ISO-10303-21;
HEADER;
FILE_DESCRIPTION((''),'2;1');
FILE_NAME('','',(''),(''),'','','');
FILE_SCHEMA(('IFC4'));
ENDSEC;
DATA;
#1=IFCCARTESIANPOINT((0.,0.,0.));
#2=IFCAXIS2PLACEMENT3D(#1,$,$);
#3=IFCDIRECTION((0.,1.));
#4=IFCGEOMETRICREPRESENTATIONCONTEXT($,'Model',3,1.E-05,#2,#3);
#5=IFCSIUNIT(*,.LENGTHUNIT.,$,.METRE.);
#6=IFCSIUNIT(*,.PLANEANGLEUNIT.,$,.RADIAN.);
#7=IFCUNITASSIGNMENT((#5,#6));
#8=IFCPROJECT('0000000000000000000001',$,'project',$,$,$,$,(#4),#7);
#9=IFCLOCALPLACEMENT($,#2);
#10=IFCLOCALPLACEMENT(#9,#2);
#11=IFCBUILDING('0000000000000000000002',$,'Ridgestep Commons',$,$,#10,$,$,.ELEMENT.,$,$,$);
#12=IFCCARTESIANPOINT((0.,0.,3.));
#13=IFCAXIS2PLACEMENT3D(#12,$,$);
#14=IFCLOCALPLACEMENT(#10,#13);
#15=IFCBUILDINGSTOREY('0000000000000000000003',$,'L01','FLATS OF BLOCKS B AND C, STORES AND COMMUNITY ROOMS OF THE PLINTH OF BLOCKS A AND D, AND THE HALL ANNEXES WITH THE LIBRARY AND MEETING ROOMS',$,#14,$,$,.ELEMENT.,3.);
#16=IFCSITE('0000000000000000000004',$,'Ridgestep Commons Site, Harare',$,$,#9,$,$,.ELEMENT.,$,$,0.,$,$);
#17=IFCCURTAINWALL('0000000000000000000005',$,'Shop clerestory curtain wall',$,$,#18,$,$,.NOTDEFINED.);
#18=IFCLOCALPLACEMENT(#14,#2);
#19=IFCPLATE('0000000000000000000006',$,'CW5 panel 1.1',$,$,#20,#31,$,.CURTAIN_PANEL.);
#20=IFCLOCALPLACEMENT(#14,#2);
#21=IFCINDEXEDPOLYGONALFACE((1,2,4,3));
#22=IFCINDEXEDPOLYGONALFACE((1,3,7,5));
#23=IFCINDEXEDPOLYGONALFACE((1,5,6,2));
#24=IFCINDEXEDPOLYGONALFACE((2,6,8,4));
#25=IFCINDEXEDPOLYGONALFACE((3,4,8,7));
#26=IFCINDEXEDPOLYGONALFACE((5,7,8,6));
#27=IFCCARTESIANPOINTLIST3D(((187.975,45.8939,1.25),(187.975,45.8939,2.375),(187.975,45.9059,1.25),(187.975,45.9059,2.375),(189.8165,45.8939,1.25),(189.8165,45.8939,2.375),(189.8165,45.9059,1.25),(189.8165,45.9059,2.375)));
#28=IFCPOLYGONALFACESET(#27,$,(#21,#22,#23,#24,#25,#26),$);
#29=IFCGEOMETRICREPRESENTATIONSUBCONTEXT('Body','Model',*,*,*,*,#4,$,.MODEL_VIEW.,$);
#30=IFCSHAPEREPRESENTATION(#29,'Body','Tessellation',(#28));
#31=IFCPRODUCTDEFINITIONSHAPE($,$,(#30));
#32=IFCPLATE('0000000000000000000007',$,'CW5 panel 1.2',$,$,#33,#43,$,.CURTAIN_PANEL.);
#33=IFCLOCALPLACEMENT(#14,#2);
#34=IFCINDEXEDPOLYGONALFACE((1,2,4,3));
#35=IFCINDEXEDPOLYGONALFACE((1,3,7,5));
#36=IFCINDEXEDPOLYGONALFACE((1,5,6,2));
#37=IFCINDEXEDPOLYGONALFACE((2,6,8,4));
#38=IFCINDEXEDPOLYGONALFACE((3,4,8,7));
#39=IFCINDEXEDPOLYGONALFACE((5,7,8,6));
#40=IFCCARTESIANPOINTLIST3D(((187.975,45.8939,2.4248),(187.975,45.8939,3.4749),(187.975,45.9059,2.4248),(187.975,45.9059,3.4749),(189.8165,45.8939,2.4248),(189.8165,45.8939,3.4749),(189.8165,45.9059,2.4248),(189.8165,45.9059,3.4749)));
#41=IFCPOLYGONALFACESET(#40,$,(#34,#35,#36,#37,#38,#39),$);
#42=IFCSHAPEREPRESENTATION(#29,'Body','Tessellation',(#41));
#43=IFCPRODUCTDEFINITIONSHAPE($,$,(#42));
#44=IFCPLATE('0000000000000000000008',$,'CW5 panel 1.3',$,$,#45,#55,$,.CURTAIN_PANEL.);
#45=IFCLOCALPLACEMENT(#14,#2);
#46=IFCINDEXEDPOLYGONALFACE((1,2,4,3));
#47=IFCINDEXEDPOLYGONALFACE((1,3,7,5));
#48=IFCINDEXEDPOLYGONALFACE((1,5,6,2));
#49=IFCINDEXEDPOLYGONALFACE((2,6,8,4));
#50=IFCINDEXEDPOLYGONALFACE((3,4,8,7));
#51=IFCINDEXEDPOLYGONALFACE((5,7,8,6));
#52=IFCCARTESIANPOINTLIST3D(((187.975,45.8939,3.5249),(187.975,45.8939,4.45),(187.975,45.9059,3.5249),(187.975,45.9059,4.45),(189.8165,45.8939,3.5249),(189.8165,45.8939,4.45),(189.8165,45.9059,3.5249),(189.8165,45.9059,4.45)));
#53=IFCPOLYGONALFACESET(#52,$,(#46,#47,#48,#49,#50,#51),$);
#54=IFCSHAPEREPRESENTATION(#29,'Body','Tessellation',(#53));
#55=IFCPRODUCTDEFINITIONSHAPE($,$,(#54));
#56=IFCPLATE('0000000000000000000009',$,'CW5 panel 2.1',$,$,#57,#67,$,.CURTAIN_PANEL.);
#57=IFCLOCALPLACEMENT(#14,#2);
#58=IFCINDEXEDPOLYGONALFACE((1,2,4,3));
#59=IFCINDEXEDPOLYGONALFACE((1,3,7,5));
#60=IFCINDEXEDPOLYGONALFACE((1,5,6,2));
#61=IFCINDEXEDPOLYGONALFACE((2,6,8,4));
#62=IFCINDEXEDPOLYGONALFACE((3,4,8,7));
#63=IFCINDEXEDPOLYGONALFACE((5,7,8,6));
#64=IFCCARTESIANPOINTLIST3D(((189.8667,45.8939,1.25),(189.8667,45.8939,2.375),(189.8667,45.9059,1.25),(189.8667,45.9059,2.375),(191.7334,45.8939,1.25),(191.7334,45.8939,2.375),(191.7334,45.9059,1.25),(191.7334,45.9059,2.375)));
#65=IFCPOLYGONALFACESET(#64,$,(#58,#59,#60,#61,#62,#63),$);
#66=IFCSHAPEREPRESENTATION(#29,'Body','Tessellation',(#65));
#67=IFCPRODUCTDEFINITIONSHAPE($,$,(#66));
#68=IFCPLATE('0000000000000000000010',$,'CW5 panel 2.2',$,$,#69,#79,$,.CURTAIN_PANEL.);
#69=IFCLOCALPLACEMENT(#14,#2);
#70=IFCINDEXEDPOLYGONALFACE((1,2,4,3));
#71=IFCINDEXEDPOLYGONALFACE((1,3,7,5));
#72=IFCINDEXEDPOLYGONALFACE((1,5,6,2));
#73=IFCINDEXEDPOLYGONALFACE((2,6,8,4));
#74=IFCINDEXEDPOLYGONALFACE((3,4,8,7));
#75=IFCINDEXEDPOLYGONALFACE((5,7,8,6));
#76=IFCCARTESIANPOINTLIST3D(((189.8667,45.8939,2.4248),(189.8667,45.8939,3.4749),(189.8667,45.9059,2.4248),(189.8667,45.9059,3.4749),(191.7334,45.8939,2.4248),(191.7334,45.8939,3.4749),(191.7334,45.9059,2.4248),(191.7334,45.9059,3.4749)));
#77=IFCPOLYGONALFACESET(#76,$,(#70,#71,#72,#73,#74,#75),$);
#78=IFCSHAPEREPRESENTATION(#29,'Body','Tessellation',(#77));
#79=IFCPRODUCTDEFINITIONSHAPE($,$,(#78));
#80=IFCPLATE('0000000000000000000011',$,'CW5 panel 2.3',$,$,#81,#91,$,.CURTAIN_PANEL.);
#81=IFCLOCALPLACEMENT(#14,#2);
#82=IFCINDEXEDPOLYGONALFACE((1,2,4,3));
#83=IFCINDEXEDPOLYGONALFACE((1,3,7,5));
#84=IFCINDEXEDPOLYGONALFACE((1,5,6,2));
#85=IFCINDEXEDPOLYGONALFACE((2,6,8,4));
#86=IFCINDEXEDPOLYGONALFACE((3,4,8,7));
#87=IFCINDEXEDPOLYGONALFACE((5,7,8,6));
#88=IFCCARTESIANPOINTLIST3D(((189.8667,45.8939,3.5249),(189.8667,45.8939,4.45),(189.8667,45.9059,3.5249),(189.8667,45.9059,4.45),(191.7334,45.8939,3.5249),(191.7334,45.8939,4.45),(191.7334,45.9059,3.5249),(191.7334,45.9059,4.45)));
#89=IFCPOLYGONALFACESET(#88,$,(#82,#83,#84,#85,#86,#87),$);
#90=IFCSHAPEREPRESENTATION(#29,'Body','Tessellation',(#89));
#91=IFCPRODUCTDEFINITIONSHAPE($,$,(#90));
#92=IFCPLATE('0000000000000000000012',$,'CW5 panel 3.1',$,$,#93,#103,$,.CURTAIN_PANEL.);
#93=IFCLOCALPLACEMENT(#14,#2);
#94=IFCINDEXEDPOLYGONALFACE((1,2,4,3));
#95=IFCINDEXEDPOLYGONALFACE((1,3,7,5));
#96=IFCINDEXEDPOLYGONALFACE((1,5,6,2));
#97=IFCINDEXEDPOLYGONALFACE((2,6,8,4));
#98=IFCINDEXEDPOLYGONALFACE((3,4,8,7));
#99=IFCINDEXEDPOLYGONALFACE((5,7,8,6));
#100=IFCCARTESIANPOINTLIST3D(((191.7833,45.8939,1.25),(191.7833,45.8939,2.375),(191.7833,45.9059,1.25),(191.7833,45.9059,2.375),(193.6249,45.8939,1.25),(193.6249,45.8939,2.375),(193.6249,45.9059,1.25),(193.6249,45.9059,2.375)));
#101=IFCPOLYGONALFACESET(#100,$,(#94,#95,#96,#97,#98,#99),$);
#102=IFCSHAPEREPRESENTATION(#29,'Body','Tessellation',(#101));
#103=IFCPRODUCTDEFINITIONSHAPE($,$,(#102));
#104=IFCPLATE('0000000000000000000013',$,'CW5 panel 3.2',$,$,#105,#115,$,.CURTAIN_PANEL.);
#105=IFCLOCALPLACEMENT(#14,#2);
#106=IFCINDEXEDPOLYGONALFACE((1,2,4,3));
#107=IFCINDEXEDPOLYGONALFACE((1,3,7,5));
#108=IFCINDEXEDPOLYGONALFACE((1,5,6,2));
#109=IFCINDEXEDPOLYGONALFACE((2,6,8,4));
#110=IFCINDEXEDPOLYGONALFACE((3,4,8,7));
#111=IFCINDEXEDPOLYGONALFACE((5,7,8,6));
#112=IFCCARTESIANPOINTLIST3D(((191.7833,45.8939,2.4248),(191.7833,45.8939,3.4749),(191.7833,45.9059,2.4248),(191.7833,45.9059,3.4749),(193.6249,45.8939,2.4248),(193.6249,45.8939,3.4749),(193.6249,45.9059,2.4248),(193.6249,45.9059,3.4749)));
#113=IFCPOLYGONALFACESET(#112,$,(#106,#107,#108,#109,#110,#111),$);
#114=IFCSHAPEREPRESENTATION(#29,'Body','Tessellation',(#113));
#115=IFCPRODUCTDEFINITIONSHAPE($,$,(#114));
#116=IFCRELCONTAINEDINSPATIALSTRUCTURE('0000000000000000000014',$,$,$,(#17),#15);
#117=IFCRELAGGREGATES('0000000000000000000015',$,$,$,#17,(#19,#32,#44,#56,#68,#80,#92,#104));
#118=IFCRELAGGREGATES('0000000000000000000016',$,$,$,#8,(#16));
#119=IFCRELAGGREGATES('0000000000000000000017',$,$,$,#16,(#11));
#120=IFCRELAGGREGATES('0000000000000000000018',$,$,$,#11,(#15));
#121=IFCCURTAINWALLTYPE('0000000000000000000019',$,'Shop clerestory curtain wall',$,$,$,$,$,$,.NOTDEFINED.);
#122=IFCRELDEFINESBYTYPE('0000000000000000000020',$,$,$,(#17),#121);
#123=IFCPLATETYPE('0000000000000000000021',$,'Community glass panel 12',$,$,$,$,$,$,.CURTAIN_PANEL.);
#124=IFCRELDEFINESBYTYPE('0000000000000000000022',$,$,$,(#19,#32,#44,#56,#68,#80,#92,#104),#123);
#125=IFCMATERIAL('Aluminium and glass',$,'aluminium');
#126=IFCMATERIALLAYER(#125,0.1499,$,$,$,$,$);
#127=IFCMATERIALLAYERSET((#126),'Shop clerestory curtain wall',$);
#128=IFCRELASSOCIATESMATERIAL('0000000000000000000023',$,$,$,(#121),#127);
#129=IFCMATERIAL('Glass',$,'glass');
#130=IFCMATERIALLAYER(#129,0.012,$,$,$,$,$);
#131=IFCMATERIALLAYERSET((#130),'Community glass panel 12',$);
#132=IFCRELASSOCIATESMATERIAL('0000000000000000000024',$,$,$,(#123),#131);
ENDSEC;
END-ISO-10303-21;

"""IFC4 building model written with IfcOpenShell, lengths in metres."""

from ifc_helpers import new_model, si_unit, direction, frame, origin, origin_2d, place, context, subcontext, project, spatial, rectangle, extrude, material, layer, layer_set, type_object, element, aggregate, save


model = new_model("IFC4")

# Units and contexts
model_context = context("Model", 3, precision=1e-05, world=origin(), true_north=direction((0.0, 1.0)))
body_context = subcontext(model_context, "Body", "Model", "MODEL_VIEW")
ifc_project = project(units=[si_unit("LENGTHUNIT", "METRE"), si_unit("PLANEANGLEUNIT", "RADIAN")], contexts=[model_context])

# Site, building, storey
site_placement = place(None, origin())
site = spatial("IfcSite", under=ifc_project, at=site_placement, Name="Ridgestep Commons Site, Harare", CompositionType="ELEMENT", RefElevation=0.0)
building_placement = place(site_placement, origin())
building = spatial("IfcBuilding", under=site, at=building_placement, Name="Ridgestep Commons", CompositionType="ELEMENT")
storey_placement = place(building_placement, frame((0.0, 0.0, 3.0)))
storey = spatial("IfcBuildingStorey", under=building, at=storey_placement, Name="L01", Description="FLATS OF BLOCKS B AND C, STORES AND COMMUNITY ROOMS OF THE PLINTH OF BLOCKS A AND D, AND THE HALL ANNEXES WITH THE LIBRARY AND MEETING ROOMS", CompositionType="ELEMENT", Elevation=3.0)

# Curtain wall
ifc_material_1 = material(Name="Aluminium and glass", Category="aluminium")
ifc_layer_1 = layer(ifc_material_1, 0.1499)
ifc_layer_set_1 = layer_set([ifc_layer_1], Name="Shop clerestory curtain wall")
curtain_wall_type = type_object("IfcCurtainWallType", Name="Shop clerestory curtain wall", PredefinedType="NOTDEFINED", material=ifc_layer_set_1)
curtain_wall_1_placement = place(storey_placement, origin())
curtain_wall_1 = element("IfcCurtainWall", 1, at=curtain_wall_1_placement, inside=storey, type_object=curtain_wall_type, Name="Shop clerestory curtain wall", PredefinedType="NOTDEFINED")

# Plates
ifc_material_2 = material(Name="Glass", Category="glass")
ifc_layer_2 = layer(ifc_material_2, 0.012)
ifc_layer_set_2 = layer_set([ifc_layer_2], Name="Community glass panel 12")
plate_type = type_object("IfcPlateType", Name="Community glass panel 12", PredefinedType="CURTAIN_PANEL", material=ifc_layer_set_2)
plate_1_placement = place(storey_placement, frame((188.8958, 45.8999, 1.25), z_axis=(0.0, 0.0, 1.0), x_axis=(1.0, 0.0, 0.0)))
plate_1 = element("IfcPlate", 2, at=plate_1_placement, type_object=plate_type, Name="CW5 panel 1.1", PredefinedType="CURTAIN_PANEL", context=body_context, shape_type="SweptSolid", body=[
    extrude(rectangle(XDim=1.8416, YDim=0.012, at=origin_2d()), origin(), (0.0, 0.0, 1.0), 1.125),
])
plate_2_placement = place(storey_placement, frame((188.8958, 45.8999, 2.4248), z_axis=(0.0, 0.0, 1.0), x_axis=(1.0, 0.0, 0.0)))
plate_2 = element("IfcPlate", 3, at=plate_2_placement, type_object=plate_type, Name="CW5 panel 1.2", PredefinedType="CURTAIN_PANEL", context=body_context, shape_type="SweptSolid", body=[
    extrude(rectangle(XDim=1.8416, YDim=0.012, at=origin_2d()), origin(), (0.0, 0.0, 1.0), 1.05),
])
plate_3_placement = place(storey_placement, frame((188.8958, 45.8999, 3.5249), z_axis=(0.0, 0.0, 1.0), x_axis=(1.0, 0.0, 0.0)))
plate_3 = element("IfcPlate", 4, at=plate_3_placement, type_object=plate_type, Name="CW5 panel 1.3", PredefinedType="CURTAIN_PANEL", context=body_context, shape_type="SweptSolid", body=[
    extrude(rectangle(XDim=1.8416, YDim=0.012, at=origin_2d()), origin(), (0.0, 0.0, 1.0), 0.925),
])
plate_4_placement = place(storey_placement, frame((190.8, 45.8999, 1.25), z_axis=(0.0, 0.0, 1.0), x_axis=(1.0, 0.0, 0.0)))
plate_4 = element("IfcPlate", 5, at=plate_4_placement, type_object=plate_type, Name="CW5 panel 2.1", PredefinedType="CURTAIN_PANEL", context=body_context, shape_type="SweptSolid", body=[
    extrude(rectangle(XDim=1.8667, YDim=0.012, at=origin_2d()), origin(), (0.0, 0.0, 1.0), 1.125),
])
plate_5_placement = place(storey_placement, frame((190.8, 45.8999, 2.4248), z_axis=(0.0, 0.0, 1.0), x_axis=(1.0, 0.0, 0.0)))
plate_5 = element("IfcPlate", 6, at=plate_5_placement, type_object=plate_type, Name="CW5 panel 2.2", PredefinedType="CURTAIN_PANEL", context=body_context, shape_type="SweptSolid", body=[
    extrude(rectangle(XDim=1.8667, YDim=0.012, at=origin_2d()), origin(), (0.0, 0.0, 1.0), 1.05),
])
plate_6_placement = place(storey_placement, frame((190.8, 45.8999, 3.5249), z_axis=(0.0, 0.0, 1.0), x_axis=(1.0, 0.0, 0.0)))
plate_6 = element("IfcPlate", 7, at=plate_6_placement, type_object=plate_type, Name="CW5 panel 2.3", PredefinedType="CURTAIN_PANEL", context=body_context, shape_type="SweptSolid", body=[
    extrude(rectangle(XDim=1.8667, YDim=0.012, at=origin_2d()), origin(), (0.0, 0.0, 1.0), 0.925),
])
plate_7_placement = place(storey_placement, frame((192.7041, 45.8999, 1.25), z_axis=(0.0, 0.0, 1.0), x_axis=(1.0, 0.0, 0.0)))
plate_7 = element("IfcPlate", 8, at=plate_7_placement, type_object=plate_type, Name="CW5 panel 3.1", PredefinedType="CURTAIN_PANEL", context=body_context, shape_type="SweptSolid", body=[
    extrude(rectangle(XDim=1.8416, YDim=0.012, at=origin_2d()), origin(), (0.0, 0.0, 1.0), 1.125),
])
plate_8_placement = place(storey_placement, frame((192.7041, 45.8999, 2.4248), z_axis=(0.0, 0.0, 1.0), x_axis=(1.0, 0.0, 0.0)))
plate_8 = element("IfcPlate", 9, at=plate_8_placement, type_object=plate_type, Name="CW5 panel 3.2", PredefinedType="CURTAIN_PANEL", context=body_context, shape_type="SweptSolid", body=[
    extrude(rectangle(XDim=1.8416, YDim=0.012, at=origin_2d()), origin(), (0.0, 0.0, 1.0), 1.05),
])
aggregate(curtain_wall_1, [plate_1, plate_2, plate_3, plate_4, plate_5, plate_6, plate_7, plate_8])

save(model, "model.ifc")
